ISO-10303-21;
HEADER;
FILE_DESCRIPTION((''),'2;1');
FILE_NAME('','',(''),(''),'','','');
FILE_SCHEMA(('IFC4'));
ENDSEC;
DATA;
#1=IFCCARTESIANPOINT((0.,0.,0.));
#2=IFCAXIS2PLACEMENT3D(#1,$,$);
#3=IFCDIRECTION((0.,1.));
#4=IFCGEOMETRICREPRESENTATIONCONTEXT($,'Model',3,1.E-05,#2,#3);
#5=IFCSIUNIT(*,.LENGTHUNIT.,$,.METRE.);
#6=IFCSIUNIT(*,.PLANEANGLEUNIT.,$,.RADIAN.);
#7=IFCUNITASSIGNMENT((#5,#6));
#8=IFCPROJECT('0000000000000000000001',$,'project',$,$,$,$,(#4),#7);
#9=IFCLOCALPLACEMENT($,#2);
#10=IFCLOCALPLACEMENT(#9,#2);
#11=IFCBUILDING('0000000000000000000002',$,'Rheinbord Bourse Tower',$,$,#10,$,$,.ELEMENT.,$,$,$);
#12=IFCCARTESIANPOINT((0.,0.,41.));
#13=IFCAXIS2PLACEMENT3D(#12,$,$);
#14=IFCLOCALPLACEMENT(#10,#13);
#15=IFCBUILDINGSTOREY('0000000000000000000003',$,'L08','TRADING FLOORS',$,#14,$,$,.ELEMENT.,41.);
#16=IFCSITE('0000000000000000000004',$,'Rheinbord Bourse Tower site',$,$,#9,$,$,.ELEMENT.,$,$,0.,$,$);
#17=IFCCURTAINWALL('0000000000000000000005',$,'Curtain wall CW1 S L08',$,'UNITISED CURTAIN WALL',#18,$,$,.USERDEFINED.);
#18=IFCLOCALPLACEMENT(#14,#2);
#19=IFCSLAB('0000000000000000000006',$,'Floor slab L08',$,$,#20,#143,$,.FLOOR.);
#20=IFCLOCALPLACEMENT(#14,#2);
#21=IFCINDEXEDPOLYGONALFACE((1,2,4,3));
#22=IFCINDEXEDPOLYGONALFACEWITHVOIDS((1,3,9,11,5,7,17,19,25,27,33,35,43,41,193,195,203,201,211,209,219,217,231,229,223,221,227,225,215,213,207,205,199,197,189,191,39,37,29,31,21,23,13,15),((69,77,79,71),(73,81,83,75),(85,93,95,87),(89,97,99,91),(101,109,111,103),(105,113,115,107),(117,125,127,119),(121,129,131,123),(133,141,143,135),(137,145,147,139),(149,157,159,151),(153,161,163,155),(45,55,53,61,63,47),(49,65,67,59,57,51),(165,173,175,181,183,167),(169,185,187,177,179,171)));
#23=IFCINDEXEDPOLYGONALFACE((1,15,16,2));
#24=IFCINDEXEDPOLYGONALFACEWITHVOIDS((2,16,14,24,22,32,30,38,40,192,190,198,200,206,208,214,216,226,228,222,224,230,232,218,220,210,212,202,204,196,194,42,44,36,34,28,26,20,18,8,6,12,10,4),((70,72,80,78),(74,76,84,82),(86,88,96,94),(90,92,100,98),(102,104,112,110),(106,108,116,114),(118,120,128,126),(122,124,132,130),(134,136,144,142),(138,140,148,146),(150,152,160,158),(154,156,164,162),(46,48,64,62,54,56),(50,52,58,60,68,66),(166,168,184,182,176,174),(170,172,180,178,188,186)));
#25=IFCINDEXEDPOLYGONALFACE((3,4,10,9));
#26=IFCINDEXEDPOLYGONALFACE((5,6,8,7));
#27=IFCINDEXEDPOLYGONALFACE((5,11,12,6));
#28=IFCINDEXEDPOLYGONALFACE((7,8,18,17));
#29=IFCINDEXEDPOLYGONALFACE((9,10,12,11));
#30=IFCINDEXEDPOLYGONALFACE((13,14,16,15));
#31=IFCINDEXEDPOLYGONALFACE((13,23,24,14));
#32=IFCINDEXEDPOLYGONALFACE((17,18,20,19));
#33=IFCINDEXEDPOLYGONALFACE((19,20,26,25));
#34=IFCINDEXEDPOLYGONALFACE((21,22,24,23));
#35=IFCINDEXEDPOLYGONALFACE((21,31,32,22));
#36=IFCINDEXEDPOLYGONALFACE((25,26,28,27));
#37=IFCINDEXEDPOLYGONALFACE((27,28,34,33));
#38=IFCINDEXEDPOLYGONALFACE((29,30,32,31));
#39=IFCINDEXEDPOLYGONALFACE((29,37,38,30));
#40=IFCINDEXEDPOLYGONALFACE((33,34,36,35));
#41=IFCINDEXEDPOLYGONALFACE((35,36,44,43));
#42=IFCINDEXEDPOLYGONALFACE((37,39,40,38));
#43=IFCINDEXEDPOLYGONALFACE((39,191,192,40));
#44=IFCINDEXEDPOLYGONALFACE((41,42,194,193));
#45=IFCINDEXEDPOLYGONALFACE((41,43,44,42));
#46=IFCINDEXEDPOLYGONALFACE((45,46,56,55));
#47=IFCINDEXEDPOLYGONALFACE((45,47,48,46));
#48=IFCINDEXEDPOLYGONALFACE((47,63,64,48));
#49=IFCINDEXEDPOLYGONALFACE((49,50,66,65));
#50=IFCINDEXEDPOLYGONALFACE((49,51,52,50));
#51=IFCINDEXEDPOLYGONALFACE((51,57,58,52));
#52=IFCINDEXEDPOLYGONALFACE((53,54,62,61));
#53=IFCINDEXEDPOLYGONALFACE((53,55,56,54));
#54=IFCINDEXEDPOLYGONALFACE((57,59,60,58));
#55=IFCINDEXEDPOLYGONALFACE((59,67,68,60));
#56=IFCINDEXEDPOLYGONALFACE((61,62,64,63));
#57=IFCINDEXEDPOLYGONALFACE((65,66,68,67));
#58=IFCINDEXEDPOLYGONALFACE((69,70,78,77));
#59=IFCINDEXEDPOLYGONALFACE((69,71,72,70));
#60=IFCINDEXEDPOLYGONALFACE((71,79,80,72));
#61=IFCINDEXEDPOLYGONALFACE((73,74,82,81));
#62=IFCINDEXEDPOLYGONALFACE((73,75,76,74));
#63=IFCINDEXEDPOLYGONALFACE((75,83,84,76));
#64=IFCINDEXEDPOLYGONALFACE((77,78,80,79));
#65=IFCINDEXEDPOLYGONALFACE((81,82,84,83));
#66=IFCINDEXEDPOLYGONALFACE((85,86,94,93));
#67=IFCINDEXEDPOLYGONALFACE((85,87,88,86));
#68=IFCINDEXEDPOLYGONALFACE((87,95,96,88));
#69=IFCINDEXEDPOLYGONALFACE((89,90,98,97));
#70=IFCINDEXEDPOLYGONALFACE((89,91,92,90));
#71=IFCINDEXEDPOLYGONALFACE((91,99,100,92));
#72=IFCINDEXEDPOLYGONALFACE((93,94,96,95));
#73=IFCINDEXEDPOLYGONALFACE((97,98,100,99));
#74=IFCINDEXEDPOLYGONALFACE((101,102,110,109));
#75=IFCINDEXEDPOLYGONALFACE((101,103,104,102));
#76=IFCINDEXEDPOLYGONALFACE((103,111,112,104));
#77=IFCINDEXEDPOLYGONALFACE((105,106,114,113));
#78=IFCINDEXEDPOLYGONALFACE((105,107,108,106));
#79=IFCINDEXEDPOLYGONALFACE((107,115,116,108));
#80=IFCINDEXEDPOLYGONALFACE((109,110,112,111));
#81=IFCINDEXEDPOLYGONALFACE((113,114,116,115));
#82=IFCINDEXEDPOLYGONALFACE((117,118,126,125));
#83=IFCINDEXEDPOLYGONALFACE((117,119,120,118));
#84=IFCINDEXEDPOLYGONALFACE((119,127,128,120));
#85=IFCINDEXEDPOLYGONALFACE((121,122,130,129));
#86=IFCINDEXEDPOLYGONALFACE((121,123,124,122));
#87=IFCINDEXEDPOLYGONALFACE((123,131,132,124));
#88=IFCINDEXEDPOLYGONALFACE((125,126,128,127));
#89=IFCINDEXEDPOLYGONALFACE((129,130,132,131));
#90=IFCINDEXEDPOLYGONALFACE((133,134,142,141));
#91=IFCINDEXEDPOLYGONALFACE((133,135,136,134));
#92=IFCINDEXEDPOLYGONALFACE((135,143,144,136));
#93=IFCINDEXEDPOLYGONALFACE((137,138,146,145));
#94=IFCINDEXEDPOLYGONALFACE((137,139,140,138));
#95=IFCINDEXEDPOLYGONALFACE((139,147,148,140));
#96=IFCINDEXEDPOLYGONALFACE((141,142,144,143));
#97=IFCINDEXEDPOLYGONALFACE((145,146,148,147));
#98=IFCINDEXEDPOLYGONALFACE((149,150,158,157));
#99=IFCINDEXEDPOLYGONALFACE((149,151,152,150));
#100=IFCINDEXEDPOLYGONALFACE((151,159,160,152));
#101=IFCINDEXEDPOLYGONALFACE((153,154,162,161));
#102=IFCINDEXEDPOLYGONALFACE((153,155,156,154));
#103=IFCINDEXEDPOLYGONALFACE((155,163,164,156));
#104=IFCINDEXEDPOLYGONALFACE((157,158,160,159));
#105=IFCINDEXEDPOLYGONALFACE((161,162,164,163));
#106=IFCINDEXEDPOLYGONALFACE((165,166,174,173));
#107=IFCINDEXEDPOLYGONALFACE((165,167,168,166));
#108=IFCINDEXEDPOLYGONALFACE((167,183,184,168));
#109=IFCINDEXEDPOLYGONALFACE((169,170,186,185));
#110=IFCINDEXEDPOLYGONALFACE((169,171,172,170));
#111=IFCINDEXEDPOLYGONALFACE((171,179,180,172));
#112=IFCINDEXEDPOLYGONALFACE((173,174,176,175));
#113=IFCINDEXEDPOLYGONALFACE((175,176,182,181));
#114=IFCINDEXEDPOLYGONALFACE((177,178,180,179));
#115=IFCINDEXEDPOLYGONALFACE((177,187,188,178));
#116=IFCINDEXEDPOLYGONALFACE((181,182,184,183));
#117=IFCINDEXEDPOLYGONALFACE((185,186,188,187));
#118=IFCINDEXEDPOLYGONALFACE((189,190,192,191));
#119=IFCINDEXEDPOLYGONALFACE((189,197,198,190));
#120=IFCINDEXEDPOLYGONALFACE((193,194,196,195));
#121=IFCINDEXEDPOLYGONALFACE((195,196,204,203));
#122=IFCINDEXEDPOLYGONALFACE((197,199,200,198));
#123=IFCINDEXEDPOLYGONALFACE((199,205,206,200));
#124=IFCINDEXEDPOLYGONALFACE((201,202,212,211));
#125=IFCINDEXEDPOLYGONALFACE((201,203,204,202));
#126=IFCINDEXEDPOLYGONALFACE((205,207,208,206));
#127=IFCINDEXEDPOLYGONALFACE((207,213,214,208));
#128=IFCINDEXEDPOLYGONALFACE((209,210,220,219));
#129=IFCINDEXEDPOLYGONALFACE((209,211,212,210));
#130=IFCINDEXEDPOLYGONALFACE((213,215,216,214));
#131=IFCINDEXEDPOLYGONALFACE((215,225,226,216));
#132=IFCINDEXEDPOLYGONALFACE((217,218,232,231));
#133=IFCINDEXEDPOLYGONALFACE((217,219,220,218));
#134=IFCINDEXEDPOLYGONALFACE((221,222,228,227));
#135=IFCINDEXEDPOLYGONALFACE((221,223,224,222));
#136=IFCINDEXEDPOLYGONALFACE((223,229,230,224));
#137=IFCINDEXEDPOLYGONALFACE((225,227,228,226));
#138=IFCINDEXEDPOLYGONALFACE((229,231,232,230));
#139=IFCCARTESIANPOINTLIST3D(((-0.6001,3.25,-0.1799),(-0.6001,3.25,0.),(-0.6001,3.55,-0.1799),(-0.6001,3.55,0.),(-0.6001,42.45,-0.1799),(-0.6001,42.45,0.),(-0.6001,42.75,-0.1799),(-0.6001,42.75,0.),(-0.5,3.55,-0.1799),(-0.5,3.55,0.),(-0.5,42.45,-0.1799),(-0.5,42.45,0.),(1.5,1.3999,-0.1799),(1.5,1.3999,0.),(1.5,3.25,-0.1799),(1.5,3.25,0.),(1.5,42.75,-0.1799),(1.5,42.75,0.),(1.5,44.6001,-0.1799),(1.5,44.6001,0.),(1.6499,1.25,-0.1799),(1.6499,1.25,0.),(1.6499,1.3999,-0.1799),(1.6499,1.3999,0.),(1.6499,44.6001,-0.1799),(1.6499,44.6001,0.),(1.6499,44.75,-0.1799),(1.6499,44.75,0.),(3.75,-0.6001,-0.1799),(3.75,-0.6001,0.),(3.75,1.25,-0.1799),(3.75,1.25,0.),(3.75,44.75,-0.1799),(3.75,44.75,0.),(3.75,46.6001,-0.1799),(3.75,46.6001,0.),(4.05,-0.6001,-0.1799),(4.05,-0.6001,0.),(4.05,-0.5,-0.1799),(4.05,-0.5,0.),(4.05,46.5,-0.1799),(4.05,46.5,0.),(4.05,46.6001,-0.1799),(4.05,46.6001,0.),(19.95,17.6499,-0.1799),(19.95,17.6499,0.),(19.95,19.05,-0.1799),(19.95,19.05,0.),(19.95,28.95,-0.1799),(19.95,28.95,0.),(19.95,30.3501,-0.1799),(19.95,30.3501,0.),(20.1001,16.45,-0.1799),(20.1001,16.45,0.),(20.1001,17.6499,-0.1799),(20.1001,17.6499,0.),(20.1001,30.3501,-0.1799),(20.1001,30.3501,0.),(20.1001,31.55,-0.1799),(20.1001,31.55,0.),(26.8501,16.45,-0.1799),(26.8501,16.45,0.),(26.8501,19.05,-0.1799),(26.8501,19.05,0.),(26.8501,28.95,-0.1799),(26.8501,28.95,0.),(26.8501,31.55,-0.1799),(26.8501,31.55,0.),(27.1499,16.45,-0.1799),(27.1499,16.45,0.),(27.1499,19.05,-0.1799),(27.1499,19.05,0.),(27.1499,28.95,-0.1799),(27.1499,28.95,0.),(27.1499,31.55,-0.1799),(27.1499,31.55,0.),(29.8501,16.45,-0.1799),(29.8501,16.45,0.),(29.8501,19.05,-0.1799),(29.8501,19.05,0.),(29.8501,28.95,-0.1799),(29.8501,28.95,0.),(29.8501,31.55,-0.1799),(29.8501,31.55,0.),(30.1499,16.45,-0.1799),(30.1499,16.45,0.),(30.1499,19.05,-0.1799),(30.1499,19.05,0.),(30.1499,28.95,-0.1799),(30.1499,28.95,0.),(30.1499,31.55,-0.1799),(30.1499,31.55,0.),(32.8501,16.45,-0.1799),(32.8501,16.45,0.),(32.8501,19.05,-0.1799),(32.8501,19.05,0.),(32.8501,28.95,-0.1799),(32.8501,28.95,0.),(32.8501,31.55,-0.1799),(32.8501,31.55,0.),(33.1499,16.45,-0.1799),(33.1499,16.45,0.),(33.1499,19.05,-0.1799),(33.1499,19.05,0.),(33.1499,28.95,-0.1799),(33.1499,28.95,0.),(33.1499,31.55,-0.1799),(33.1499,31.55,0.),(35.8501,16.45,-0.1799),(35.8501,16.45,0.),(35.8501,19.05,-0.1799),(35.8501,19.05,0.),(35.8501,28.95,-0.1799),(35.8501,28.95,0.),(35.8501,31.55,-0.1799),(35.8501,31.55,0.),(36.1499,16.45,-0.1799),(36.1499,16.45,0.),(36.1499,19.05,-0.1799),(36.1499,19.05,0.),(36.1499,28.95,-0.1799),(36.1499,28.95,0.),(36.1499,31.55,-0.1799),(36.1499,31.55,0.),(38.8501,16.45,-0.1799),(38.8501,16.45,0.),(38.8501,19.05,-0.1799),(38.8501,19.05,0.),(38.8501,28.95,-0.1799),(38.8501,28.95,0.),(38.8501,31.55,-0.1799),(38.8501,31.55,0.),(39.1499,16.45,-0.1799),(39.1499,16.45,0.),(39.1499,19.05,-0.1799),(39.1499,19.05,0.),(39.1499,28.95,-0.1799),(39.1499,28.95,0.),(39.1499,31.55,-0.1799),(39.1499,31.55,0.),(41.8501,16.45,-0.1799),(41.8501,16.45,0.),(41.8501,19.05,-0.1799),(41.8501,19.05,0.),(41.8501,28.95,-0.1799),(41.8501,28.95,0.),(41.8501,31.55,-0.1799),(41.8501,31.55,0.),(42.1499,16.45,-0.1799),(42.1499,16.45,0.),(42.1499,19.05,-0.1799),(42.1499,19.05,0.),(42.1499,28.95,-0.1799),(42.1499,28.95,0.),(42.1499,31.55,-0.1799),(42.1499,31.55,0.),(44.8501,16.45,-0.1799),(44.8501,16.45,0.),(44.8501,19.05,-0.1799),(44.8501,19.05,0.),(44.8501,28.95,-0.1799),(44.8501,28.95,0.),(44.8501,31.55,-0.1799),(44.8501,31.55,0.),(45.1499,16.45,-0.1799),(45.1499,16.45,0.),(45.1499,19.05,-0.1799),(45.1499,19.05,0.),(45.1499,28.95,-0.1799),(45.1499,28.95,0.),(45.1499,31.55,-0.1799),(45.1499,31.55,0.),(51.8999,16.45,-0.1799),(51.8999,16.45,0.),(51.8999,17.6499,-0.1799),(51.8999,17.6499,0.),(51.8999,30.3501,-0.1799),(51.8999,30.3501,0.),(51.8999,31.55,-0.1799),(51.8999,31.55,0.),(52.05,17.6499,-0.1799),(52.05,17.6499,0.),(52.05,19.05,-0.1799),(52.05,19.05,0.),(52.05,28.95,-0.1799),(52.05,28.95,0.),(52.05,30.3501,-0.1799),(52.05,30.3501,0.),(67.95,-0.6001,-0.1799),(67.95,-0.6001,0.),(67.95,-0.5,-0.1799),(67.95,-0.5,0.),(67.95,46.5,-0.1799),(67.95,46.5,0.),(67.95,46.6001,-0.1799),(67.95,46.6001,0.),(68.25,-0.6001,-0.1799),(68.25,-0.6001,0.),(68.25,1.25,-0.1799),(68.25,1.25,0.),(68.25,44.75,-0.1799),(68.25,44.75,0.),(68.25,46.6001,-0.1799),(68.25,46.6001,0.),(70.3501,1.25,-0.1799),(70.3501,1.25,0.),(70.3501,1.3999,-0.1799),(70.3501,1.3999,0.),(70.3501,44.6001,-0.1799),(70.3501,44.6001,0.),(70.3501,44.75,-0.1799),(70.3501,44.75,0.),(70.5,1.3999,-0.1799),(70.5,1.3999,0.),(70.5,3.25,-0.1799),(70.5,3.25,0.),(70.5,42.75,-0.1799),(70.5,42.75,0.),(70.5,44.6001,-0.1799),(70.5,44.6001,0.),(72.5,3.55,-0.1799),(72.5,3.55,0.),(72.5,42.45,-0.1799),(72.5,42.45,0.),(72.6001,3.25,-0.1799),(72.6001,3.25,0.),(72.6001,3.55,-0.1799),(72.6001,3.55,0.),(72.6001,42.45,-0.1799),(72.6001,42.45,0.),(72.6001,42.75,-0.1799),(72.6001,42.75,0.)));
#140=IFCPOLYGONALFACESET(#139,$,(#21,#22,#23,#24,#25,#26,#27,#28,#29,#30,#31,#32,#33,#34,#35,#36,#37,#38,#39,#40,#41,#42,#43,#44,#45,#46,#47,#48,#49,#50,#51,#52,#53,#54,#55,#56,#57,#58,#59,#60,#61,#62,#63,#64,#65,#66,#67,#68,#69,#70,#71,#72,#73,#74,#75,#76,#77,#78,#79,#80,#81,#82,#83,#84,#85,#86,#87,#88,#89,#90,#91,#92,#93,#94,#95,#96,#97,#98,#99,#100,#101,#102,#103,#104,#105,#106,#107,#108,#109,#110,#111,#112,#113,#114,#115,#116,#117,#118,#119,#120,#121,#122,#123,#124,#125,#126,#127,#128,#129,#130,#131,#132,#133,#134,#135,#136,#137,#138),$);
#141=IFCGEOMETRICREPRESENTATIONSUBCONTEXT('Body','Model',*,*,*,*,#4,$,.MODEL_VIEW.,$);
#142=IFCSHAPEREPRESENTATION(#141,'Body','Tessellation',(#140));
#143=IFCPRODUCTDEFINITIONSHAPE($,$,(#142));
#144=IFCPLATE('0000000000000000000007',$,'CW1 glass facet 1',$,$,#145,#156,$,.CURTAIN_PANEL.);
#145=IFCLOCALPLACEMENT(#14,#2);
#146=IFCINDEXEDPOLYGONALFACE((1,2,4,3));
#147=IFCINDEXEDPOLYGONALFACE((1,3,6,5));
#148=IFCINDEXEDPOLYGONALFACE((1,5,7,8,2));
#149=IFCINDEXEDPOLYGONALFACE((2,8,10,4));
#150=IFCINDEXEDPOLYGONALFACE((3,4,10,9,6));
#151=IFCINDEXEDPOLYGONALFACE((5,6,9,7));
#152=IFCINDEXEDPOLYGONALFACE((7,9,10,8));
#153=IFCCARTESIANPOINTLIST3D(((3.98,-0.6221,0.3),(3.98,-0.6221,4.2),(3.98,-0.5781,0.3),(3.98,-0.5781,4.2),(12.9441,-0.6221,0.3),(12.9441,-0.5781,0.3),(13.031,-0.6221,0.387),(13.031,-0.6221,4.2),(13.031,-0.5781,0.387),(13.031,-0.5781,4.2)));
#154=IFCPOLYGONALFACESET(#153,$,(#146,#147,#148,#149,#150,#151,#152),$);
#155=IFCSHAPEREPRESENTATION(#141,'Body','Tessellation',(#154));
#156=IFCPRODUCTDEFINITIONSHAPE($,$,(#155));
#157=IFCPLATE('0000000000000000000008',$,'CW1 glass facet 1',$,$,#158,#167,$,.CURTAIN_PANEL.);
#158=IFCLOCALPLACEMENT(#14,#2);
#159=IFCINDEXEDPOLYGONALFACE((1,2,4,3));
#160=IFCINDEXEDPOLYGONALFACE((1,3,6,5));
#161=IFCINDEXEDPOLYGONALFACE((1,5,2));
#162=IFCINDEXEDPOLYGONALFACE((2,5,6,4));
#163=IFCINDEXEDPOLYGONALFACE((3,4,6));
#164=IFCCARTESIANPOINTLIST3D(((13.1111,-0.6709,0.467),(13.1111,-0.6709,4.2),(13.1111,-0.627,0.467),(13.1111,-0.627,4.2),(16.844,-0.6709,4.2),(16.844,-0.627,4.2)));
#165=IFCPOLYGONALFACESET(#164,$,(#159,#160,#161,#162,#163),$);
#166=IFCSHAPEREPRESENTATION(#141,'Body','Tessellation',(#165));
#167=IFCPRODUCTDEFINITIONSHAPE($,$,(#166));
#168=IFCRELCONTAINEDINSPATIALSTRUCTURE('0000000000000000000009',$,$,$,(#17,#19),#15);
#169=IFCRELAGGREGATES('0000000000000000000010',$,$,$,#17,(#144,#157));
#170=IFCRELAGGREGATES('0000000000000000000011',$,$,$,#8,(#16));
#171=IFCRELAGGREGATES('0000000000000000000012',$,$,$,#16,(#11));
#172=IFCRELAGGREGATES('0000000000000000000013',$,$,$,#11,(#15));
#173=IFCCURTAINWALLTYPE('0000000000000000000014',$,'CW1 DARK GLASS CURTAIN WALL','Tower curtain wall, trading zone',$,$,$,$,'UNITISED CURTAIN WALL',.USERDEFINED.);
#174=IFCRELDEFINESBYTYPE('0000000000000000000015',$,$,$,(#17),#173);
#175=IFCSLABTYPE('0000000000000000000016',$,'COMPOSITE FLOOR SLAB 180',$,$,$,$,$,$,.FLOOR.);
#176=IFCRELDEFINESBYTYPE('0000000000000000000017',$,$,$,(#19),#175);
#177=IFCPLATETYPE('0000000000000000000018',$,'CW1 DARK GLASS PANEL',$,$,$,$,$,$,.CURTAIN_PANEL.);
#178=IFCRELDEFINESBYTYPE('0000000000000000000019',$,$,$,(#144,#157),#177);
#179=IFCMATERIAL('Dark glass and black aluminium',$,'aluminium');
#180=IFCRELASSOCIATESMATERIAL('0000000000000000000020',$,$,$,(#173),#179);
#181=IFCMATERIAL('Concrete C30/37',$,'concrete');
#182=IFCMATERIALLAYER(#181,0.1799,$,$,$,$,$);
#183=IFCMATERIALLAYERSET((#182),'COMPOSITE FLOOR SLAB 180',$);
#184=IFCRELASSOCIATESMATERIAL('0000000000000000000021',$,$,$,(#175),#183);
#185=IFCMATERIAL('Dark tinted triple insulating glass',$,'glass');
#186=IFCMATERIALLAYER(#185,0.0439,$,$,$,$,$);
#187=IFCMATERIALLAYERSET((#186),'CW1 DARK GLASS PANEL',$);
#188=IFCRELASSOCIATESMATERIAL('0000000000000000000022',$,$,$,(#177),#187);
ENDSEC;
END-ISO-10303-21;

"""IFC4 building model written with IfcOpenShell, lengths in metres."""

from ifc_helpers import new_model, si_unit, direction, frame, origin, place, context, subcontext, project, spatial, polyline, outline, extrude, material, layer, layer_set, type_object, element, aggregate, save


model = new_model("IFC4")

# Units and contexts
model_context = context("Model", 3, precision=1e-05, world=origin(), true_north=direction((0.0, 1.0)))
body_context = subcontext(model_context, "Body", "Model", "MODEL_VIEW")
ifc_project = project(units=[si_unit("LENGTHUNIT", "METRE"), si_unit("PLANEANGLEUNIT", "RADIAN")], contexts=[model_context])

# Site, building, storey
site_placement = place(None, origin())
site = spatial("IfcSite", under=ifc_project, at=site_placement, Name="Rheinbord Bourse Tower site", CompositionType="ELEMENT", RefElevation=0.0)
building_placement = place(site_placement, origin())
building = spatial("IfcBuilding", under=site, at=building_placement, Name="Rheinbord Bourse Tower", CompositionType="ELEMENT")
storey_placement = place(building_placement, frame((0.0, 0.0, 41.0)))
storey = spatial("IfcBuildingStorey", under=building, at=storey_placement, Name="L08", Description="TRADING FLOORS", CompositionType="ELEMENT", Elevation=41.0)

# Curtain wall
ifc_material_1 = material(Name="Dark glass and black aluminium", Category="aluminium")
curtain_wall_type = type_object("IfcCurtainWallType", Name="CW1 DARK GLASS CURTAIN WALL", Description="Tower curtain wall, trading zone", ElementType="UNITISED CURTAIN WALL", PredefinedType="USERDEFINED", material=ifc_material_1)
curtain_wall_placement = place(storey_placement, origin())
curtain_wall = element("IfcCurtainWall", 1, at=curtain_wall_placement, inside=storey, type_object=curtain_wall_type, Name="Curtain wall CW1 S L08", ObjectType="UNITISED CURTAIN WALL", PredefinedType="USERDEFINED")

# Slab
ifc_material_2 = material(Name="Concrete C30/37", Category="concrete")
ifc_layer_1 = layer(ifc_material_2, 0.1799)
ifc_layer_set_1 = layer_set([ifc_layer_1], Name="COMPOSITE FLOOR SLAB 180")
slab_type_1 = type_object("IfcSlabType", Name="COMPOSITE FLOOR SLAB 180", PredefinedType="FLOOR", material=ifc_layer_set_1)
slab_1_placement = place(storey_placement, frame((0.0, 0.0, -0.1799)))
element("IfcSlab", 2, at=slab_1_placement, inside=storey, type_object=slab_type_1, Name="Floor slab L08", PredefinedType="FLOOR", context=body_context, shape_type="SweptSolid", body=[
    extrude(outline(polyline([(1.6499, 1.3999), (1.5, 1.3999), (1.5, 3.25), (-0.6001, 3.25), (-0.6001, 3.55), (-0.5, 3.55), (-0.5, 42.45), (-0.6001, 42.45), (-0.6001, 42.75), (1.5, 42.75), (1.5, 44.6001), (1.6499, 44.6001), (1.6499, 44.75), (3.75, 44.75), (3.75, 46.6001), (4.05, 46.6001), (4.05, 46.5), (67.95, 46.5), (67.95, 46.6001), (68.25, 46.6001), (68.25, 44.75), (70.3501, 44.75), (70.3501, 44.6001), (70.5, 44.6001), (70.5, 42.75), (72.6001, 42.75), (72.6001, 42.45), (72.5, 42.45), (72.5, 3.55), (72.6001, 3.55), (72.6001, 3.25), (70.5, 3.25), (70.5, 1.3999), (70.3501, 1.3999), (70.3501, 1.25), (68.25, 1.25), (68.25, -0.6001), (67.95, -0.6001), (67.95, -0.5), (4.05, -0.5), (4.05, -0.6001), (3.75, -0.6001), (3.75, 1.25), (1.6499, 1.25), (1.6499, 1.3999)]), holes=[polyline([(19.95, 19.05), (26.8501, 19.05), (26.8501, 16.45), (20.1001, 16.45), (20.1001, 17.6499), (19.95, 17.6499), (19.95, 19.05)]), polyline([(26.8501, 31.55), (26.8501, 28.95), (19.95, 28.95), (19.95, 30.3501), (20.1001, 30.3501), (20.1001, 31.55), (26.8501, 31.55)]), polyline([(45.1499, 16.45), (45.1499, 19.05), (52.05, 19.05), (52.05, 17.6499), (51.8999, 17.6499), (51.8999, 16.45), (45.1499, 16.45)]), polyline([(52.05, 28.95), (45.1499, 28.95), (45.1499, 31.55), (51.8999, 31.55), (51.8999, 30.3501), (52.05, 30.3501), (52.05, 28.95)]), polyline([(27.1499, 16.45), (27.1499, 19.05), (29.8501, 19.05), (29.8501, 16.45), (27.1499, 16.45)]), polyline([(27.1499, 28.95), (27.1499, 31.55), (29.8501, 31.55), (29.8501, 28.95), (27.1499, 28.95)]), polyline([(30.1499, 16.45), (30.1499, 19.05), (32.8501, 19.05), (32.8501, 16.45), (30.1499, 16.45)]), polyline([(30.1499, 28.95), (30.1499, 31.55), (32.8501, 31.55), (32.8501, 28.95), (30.1499, 28.95)]), polyline([(33.1499, 16.45), (33.1499, 19.05), (35.8501, 19.05), (35.8501, 16.45), (33.1499, 16.45)]), polyline([(33.1499, 28.95), (33.1499, 31.55), (35.8501, 31.55), (35.8501, 28.95), (33.1499, 28.95)]), polyline([(36.1499, 16.45), (36.1499, 19.05), (38.8501, 19.05), (38.8501, 16.45), (36.1499, 16.45)]), polyline([(36.1499, 28.95), (36.1499, 31.55), (38.8501, 31.55), (38.8501, 28.95), (36.1499, 28.95)]), polyline([(39.1499, 16.45), (39.1499, 19.05), (41.8501, 19.05), (41.8501, 16.45), (39.1499, 16.45)]), polyline([(39.1499, 28.95), (39.1499, 31.55), (41.8501, 31.55), (41.8501, 28.95), (39.1499, 28.95)]), polyline([(42.1499, 16.45), (42.1499, 19.05), (44.8501, 19.05), (44.8501, 16.45), (42.1499, 16.45)]), polyline([(42.1499, 28.95), (42.1499, 31.55), (44.8501, 31.55), (44.8501, 28.95), (42.1499, 28.95)])]), origin(), (0.0, 0.0, 1.0), 0.1799),
])

# Plates
ifc_material_3 = material(Name="Dark tinted triple insulating glass", Category="glass")
ifc_layer_2 = layer(ifc_material_3, 0.0439)
ifc_layer_set_2 = layer_set([ifc_layer_2], Name="CW1 DARK GLASS PANEL")
plate_type = type_object("IfcPlateType", Name="CW1 DARK GLASS PANEL", PredefinedType="CURTAIN_PANEL", material=ifc_layer_set_2)
plate_1_placement = place(storey_placement, frame((3.98, -0.6221, 0.3), z_axis=(0.0, 1.0, 0.0), x_axis=(0.0, 0.0, 1.0)))
plate_1 = element("IfcPlate", 3, at=plate_1_placement, type_object=plate_type, Name="CW1 glass facet 1", PredefinedType="CURTAIN_PANEL", context=body_context, shape_type="SweptSolid", body=[
    extrude(outline(polyline([(0.0, 0.0), (3.8999, 0.0), (3.8999, 9.051), (0.0869, 9.051), (0.0, 8.9641), (0.0, 0.0)])), origin(), (0.0, 0.0, 1.0), 0.0439),
])
plate_2_placement = place(storey_placement, frame((13.1111, -0.6709, 4.2), z_axis=(0.0, 1.0, 0.0), x_axis=(1.0, 0.0, 0.0)))
plate_2 = element("IfcPlate", 4, at=plate_2_placement, type_object=plate_type, Name="CW1 glass facet 1", PredefinedType="CURTAIN_PANEL", context=body_context, shape_type="SweptSolid", body=[
    extrude(outline(polyline([(0.0, 0.0), (3.7329, 0.0), (0.0, 3.7329), (0.0, 0.0)])), origin(), (0.0, 0.0, 1.0), 0.0439),
])
aggregate(curtain_wall, [plate_1, plate_2])

save(model, "model.ifc")
